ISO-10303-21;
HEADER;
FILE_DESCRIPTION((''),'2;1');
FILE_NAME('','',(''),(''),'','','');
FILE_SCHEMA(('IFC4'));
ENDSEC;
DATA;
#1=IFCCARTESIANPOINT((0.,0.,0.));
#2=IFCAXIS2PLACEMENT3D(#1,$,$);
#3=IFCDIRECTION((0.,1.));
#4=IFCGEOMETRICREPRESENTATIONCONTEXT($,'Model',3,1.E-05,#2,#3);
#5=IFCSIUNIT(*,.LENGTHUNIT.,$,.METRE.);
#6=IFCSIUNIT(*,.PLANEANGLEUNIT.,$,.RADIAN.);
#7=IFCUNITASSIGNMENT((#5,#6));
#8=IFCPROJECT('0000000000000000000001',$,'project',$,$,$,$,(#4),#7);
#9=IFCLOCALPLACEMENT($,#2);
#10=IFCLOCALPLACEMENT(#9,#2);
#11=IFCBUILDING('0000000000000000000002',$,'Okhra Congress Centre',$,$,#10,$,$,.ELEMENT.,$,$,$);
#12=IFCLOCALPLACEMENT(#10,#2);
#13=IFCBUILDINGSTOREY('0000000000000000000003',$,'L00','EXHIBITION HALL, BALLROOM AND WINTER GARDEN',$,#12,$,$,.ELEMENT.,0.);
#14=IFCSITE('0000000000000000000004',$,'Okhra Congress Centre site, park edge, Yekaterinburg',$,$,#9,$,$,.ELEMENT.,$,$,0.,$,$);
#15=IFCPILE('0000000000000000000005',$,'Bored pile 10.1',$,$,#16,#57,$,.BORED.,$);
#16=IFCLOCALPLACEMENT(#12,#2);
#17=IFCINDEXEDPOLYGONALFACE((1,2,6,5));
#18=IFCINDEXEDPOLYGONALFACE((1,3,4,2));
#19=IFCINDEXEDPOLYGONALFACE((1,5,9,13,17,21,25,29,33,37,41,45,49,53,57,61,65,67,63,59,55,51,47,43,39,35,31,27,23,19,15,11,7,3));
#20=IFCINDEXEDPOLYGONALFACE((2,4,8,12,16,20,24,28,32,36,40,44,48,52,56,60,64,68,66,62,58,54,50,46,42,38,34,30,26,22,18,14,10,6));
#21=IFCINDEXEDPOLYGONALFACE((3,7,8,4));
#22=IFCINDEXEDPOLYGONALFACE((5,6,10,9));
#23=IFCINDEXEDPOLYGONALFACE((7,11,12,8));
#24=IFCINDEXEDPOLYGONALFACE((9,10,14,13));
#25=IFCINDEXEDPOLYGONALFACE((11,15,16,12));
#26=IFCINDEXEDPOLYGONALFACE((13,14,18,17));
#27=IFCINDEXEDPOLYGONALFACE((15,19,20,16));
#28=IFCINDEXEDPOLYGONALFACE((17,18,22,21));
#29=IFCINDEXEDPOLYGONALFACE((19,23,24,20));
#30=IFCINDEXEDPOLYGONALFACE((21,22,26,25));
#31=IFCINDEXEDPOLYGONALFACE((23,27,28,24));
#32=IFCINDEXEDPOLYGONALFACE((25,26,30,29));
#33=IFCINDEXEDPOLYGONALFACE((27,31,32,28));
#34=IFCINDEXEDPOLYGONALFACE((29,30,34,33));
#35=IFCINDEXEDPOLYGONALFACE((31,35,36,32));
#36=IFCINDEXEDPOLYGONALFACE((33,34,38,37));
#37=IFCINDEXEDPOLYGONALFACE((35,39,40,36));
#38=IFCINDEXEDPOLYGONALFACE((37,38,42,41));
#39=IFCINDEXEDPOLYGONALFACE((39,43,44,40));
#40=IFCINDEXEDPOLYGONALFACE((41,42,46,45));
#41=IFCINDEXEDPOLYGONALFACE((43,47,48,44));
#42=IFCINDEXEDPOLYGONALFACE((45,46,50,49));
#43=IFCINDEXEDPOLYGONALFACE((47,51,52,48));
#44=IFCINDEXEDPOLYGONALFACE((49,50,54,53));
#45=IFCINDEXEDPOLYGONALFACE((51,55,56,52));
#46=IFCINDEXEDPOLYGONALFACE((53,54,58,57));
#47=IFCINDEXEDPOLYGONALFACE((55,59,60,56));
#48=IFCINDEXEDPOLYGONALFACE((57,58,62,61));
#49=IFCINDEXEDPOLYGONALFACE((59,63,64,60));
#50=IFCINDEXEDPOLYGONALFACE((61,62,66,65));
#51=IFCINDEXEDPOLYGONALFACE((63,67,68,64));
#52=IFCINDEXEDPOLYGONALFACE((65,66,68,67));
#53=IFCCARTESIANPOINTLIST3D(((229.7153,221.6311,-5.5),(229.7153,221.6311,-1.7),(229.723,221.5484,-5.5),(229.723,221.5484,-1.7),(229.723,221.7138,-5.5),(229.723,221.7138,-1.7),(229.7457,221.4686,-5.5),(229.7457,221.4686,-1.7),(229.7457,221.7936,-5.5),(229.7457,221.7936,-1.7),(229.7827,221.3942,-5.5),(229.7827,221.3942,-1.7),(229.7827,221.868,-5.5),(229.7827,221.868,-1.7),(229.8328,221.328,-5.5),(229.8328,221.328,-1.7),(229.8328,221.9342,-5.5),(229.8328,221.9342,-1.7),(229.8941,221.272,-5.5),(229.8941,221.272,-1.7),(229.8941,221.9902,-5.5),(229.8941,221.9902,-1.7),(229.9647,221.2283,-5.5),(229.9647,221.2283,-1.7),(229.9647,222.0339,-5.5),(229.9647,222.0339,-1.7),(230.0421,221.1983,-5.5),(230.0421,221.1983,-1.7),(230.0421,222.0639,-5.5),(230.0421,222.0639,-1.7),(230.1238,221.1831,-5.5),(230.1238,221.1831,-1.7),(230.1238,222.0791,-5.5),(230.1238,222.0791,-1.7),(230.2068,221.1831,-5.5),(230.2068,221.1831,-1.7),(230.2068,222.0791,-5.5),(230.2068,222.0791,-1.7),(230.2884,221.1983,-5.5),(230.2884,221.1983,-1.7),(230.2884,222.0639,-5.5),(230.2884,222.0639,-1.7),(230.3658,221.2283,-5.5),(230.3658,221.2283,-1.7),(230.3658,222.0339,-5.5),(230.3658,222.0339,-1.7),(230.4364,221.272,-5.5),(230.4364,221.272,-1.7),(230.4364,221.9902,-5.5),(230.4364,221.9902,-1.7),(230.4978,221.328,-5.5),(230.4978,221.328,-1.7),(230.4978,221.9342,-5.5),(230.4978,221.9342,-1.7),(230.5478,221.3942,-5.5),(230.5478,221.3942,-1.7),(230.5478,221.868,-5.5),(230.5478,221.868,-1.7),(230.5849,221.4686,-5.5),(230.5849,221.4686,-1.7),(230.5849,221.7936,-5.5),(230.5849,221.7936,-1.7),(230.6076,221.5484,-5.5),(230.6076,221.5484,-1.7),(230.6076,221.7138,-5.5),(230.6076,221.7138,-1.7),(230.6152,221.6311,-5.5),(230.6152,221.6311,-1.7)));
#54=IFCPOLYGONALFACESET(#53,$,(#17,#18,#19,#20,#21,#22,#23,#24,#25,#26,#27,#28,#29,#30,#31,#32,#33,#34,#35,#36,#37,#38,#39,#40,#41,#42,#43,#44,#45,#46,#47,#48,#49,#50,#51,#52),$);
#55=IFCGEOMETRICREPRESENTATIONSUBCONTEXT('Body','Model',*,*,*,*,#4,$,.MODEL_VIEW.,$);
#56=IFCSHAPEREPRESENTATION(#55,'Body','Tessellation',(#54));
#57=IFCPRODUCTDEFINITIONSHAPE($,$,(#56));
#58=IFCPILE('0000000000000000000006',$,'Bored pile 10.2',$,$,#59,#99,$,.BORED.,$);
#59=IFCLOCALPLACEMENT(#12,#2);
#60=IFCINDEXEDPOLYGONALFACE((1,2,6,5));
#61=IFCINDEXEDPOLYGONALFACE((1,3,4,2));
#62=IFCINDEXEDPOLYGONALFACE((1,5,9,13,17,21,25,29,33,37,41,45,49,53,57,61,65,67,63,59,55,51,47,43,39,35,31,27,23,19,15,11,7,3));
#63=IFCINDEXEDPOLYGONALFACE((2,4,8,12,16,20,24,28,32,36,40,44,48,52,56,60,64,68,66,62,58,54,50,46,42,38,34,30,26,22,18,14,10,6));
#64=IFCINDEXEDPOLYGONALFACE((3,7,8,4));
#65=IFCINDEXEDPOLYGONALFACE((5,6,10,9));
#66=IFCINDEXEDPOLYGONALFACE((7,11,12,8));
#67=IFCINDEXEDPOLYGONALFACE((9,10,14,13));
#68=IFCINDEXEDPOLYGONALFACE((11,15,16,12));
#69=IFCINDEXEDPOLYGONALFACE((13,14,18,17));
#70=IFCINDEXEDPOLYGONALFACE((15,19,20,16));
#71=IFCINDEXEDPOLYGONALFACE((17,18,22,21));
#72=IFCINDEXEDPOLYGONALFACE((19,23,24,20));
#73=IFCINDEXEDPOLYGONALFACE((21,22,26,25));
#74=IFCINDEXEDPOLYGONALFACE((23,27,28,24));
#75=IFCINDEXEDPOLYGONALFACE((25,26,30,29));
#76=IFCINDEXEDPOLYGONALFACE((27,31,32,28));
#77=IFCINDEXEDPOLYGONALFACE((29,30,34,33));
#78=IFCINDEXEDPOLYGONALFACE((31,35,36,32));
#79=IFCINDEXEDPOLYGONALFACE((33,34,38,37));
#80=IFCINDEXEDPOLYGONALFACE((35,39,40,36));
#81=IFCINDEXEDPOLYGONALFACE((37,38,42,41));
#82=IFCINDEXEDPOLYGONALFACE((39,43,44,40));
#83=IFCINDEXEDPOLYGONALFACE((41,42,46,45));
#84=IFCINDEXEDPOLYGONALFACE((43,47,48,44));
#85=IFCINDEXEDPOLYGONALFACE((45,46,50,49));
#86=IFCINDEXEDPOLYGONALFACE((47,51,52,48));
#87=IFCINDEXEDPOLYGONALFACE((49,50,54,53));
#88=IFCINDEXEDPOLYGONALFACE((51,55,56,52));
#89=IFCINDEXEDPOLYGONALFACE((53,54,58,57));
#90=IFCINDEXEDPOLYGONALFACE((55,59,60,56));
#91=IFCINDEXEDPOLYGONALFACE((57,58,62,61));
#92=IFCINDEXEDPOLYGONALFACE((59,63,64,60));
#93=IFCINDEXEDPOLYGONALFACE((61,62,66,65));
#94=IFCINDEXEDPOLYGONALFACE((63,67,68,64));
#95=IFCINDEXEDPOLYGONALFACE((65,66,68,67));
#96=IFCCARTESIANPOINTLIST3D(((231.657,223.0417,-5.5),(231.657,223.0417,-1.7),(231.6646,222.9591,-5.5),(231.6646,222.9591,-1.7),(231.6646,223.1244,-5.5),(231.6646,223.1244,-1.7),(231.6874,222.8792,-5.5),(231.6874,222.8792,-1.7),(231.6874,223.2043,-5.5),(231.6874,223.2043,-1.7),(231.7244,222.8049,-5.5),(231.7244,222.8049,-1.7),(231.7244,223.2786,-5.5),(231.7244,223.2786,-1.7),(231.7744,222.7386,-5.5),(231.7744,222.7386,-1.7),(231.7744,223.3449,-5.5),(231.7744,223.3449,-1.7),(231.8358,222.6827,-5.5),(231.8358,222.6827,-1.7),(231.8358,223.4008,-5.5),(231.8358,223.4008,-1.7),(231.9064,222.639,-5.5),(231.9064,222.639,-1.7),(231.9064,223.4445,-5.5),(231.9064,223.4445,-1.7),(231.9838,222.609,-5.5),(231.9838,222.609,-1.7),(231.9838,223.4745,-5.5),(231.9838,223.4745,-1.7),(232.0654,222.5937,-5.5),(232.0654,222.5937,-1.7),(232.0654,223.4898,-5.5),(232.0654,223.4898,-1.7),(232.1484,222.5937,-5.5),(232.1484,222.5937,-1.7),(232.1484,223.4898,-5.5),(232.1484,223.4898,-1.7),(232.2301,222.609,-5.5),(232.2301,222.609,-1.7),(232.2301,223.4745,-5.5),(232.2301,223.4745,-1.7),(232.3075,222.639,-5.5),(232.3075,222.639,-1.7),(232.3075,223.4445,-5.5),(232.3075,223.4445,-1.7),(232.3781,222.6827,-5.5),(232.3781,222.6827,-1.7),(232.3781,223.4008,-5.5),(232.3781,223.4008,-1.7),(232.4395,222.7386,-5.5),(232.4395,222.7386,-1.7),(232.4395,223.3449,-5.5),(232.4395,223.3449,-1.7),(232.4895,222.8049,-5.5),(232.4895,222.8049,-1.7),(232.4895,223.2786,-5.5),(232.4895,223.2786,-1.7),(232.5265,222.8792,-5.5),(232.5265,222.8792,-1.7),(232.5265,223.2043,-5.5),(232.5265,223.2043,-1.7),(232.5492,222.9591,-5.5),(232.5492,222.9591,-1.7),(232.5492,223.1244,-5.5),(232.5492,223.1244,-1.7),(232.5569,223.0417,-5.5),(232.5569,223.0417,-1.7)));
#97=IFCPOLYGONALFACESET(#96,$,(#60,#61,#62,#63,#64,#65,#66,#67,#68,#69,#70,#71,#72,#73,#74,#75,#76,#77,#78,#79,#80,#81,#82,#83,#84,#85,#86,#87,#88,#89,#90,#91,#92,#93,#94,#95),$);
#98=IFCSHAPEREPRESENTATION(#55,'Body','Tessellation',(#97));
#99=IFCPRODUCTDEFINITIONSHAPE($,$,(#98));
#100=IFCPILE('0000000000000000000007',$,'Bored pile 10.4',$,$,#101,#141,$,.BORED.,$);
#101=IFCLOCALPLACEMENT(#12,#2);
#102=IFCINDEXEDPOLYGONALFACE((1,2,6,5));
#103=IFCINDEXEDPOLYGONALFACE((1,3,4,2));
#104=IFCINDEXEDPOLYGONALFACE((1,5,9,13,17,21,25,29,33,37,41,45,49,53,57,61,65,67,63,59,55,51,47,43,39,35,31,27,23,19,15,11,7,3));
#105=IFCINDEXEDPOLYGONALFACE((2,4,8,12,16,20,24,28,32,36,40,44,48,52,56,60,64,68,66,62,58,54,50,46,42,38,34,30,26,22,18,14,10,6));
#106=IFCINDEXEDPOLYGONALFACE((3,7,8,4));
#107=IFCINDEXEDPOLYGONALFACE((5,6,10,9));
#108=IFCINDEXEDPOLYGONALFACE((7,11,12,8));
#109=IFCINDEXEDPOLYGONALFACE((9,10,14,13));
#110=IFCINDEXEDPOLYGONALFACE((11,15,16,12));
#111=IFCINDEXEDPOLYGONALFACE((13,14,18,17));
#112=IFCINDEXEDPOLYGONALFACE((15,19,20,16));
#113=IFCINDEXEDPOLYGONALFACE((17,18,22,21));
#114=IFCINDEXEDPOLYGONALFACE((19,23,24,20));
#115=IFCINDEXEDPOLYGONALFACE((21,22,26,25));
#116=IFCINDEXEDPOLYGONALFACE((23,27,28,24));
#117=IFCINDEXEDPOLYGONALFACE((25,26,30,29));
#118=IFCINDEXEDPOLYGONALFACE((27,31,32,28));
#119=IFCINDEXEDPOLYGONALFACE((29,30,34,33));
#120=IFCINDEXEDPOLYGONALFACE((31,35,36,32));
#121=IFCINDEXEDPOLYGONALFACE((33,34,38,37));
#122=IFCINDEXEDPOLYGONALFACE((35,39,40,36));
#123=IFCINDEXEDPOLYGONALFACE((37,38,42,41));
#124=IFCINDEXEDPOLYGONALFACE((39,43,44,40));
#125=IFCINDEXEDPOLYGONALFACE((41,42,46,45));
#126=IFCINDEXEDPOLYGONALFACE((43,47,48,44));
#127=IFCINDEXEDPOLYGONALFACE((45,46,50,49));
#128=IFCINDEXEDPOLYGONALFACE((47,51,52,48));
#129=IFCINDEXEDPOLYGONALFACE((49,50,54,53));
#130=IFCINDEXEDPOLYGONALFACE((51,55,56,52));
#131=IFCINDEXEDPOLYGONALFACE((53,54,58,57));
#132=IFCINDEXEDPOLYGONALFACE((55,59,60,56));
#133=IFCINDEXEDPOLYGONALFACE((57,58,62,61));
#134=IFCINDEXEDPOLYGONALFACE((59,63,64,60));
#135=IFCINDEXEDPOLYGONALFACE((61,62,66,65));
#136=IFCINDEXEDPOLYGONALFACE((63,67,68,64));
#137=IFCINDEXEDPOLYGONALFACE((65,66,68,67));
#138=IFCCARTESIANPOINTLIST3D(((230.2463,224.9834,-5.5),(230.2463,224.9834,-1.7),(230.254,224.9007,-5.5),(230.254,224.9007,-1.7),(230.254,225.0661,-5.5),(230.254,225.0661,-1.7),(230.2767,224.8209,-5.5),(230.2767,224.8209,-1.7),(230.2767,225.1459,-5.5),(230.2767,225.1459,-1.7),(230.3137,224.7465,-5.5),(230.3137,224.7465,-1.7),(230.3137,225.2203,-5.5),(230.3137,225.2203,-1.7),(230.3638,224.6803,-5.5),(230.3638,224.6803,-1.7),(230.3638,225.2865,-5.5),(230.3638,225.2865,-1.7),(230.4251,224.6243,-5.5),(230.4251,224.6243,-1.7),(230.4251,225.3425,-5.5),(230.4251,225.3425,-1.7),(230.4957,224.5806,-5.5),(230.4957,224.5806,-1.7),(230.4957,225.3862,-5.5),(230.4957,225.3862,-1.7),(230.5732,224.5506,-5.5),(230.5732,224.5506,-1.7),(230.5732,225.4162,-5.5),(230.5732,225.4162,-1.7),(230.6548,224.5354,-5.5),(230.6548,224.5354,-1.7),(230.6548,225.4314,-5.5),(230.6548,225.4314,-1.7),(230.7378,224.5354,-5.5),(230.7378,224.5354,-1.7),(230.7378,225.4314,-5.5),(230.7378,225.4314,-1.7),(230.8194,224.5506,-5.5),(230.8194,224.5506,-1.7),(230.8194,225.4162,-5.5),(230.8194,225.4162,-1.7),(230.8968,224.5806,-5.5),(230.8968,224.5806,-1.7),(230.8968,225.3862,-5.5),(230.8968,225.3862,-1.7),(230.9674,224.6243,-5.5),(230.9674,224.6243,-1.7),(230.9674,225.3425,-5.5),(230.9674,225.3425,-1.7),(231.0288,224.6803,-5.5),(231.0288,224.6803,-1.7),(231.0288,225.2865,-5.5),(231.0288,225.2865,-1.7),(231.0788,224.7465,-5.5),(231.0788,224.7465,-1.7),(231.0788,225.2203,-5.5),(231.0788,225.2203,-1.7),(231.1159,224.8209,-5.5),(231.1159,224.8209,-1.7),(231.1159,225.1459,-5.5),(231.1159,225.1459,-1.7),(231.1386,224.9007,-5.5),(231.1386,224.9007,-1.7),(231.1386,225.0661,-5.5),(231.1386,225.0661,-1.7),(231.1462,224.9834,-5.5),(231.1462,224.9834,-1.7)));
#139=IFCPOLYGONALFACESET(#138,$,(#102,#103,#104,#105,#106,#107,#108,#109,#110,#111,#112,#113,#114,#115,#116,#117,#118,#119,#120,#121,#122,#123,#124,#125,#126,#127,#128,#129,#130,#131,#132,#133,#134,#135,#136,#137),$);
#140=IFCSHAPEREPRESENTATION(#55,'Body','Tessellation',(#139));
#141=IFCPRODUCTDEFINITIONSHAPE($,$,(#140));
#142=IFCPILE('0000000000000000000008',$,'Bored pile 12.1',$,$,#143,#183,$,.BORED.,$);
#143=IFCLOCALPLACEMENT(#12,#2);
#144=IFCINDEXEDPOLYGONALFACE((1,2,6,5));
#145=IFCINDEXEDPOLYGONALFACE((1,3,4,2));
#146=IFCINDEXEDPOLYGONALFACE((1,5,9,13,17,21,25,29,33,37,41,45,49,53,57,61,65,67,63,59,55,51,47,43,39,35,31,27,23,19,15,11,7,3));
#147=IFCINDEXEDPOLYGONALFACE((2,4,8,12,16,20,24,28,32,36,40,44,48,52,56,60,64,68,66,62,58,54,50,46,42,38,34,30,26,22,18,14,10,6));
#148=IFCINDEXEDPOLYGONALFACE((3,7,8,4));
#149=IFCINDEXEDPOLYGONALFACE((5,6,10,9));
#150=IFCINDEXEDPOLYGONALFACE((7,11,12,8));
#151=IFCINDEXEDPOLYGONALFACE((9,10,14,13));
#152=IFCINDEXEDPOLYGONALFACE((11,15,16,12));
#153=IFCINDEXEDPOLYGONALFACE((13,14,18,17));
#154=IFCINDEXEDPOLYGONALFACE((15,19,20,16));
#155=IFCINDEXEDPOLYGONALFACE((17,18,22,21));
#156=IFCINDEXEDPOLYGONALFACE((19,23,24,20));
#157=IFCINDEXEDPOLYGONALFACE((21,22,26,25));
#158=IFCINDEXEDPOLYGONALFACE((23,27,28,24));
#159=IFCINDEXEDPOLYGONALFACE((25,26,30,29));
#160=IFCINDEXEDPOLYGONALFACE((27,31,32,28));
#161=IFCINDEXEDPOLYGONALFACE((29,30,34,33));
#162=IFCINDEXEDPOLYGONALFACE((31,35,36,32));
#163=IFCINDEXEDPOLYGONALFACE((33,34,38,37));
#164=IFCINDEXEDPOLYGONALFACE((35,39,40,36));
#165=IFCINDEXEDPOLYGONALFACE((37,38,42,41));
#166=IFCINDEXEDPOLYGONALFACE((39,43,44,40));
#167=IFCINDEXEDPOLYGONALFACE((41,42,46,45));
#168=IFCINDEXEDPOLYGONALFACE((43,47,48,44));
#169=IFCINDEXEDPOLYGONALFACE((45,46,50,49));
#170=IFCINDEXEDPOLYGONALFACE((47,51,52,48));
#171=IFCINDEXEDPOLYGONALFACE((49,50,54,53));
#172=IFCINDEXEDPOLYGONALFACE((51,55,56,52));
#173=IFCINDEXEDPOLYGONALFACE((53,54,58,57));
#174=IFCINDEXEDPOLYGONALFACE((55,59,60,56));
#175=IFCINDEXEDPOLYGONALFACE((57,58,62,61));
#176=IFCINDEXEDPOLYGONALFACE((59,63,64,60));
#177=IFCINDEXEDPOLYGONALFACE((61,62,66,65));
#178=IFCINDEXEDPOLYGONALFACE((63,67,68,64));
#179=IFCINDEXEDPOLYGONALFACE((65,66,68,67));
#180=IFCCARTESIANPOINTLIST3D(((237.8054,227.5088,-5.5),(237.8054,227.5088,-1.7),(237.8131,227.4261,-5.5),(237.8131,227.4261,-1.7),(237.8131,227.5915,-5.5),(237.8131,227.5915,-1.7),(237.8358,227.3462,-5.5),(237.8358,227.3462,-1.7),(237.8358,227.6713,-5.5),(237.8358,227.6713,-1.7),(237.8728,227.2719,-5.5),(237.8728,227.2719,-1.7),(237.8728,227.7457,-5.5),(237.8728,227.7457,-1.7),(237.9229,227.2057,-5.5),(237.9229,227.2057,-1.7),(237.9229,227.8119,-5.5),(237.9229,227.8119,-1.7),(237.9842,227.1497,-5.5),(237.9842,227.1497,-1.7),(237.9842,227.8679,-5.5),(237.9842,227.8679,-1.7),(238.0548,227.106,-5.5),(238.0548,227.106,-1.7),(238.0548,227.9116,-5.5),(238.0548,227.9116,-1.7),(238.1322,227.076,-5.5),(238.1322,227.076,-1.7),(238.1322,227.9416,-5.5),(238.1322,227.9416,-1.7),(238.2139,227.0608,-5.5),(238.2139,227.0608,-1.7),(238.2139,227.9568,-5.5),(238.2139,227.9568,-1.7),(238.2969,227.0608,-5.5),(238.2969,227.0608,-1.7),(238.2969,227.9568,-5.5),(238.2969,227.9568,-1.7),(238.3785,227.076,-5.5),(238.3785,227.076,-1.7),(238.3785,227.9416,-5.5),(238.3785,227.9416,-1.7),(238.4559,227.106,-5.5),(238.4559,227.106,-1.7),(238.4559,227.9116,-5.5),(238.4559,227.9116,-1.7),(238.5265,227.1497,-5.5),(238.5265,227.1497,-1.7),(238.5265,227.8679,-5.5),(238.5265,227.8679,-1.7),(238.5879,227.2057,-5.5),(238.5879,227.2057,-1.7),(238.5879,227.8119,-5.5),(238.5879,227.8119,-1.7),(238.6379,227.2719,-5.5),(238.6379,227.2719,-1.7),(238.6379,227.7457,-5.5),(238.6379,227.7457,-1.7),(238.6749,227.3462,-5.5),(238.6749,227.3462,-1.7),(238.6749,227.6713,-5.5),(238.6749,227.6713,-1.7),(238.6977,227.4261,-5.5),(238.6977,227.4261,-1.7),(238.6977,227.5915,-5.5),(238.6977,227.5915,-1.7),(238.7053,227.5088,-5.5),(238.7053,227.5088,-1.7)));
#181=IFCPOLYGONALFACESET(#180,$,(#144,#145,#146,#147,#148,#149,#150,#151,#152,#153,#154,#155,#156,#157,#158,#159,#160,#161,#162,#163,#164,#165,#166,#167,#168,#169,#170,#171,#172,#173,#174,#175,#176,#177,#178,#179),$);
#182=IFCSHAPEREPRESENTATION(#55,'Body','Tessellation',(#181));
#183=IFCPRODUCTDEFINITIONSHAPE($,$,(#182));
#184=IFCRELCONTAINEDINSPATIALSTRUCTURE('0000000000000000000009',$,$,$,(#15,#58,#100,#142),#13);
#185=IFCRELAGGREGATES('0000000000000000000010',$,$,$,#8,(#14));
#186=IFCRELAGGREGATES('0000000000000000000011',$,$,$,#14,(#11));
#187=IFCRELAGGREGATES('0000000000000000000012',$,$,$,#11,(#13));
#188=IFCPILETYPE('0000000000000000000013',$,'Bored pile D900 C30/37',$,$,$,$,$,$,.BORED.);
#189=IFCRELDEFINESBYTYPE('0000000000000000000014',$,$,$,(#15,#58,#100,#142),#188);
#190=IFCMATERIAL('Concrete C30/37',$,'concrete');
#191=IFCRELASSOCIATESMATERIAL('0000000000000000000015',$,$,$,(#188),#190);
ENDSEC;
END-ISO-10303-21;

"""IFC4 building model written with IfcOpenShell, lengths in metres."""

from ifc_helpers import new_model, si_unit, direction, frame, origin, origin_2d, place, context, subcontext, project, spatial, circle, extrude, material, material_profile, profile_set, type_object, element, save


model = new_model("IFC4")

# Units and contexts
model_context = context("Model", 3, precision=1e-05, world=origin(), true_north=direction((0.0, 1.0)))
body_context = subcontext(model_context, "Body", "Model", "MODEL_VIEW")
ifc_project = project(units=[si_unit("LENGTHUNIT", "METRE"), si_unit("PLANEANGLEUNIT", "RADIAN")], contexts=[model_context])

# Site, building, storey
site_placement = place(None, origin())
site = spatial("IfcSite", under=ifc_project, at=site_placement, Name="Okhra Congress Centre site, park edge, Yekaterinburg", CompositionType="ELEMENT", RefElevation=0.0)
building_placement = place(site_placement, origin())
building = spatial("IfcBuilding", under=site, at=building_placement, Name="Okhra Congress Centre", CompositionType="ELEMENT")
storey_placement = place(building_placement, origin())
storey = spatial("IfcBuildingStorey", under=building, at=storey_placement, Name="L00", Description="EXHIBITION HALL, BALLROOM AND WINTER GARDEN", CompositionType="ELEMENT", Elevation=0.0)

# Piles
ifc_material_1 = material(Name="Concrete C30/37", Category="concrete")
ifc_material_profile_1 = material_profile(ifc_material_1, circle(Radius=0.45, at=origin_2d()), Name="D900")
ifc_profile_set_1 = profile_set([ifc_material_profile_1], Name="Concrete C30/37")
pile_type = type_object("IfcPileType", Name="Bored pile D900 C30/37", PredefinedType="BORED", material=ifc_profile_set_1)
for number, where, z_axis, x_axis, name in (
    (1, (230.1653, 221.6311, -1.7), (0.0, 0.0, -1.0), (1.0, 0.0, 0.0), "Bored pile 10.1"),
    (2, (232.1069, 223.0417, -1.7), (0.0, 0.0, -1.0), (1.0, 0.0, 0.0), "Bored pile 10.2"),
    (3, (230.6963, 224.9834, -1.7), (0.0, 0.0, -1.0), (1.0, 0.0, 0.0), "Bored pile 10.4"),
    (4, (238.2554, 227.5088, -1.7), (0.0, 0.0, -1.0), (1.0, 0.0, 0.0), "Bored pile 12.1"),
):
    element("IfcPile", number, at=place(storey_placement, frame(where, z_axis=z_axis, x_axis=x_axis)), inside=storey, type_object=pile_type, Name=name, PredefinedType="BORED", context=body_context, shape_type="SweptSolid", body=[
        extrude(circle(Radius=0.45, at=origin_2d()), origin(), (0.0, 0.0, 1.0), 3.8),
    ])

save(model, "model.ifc")
